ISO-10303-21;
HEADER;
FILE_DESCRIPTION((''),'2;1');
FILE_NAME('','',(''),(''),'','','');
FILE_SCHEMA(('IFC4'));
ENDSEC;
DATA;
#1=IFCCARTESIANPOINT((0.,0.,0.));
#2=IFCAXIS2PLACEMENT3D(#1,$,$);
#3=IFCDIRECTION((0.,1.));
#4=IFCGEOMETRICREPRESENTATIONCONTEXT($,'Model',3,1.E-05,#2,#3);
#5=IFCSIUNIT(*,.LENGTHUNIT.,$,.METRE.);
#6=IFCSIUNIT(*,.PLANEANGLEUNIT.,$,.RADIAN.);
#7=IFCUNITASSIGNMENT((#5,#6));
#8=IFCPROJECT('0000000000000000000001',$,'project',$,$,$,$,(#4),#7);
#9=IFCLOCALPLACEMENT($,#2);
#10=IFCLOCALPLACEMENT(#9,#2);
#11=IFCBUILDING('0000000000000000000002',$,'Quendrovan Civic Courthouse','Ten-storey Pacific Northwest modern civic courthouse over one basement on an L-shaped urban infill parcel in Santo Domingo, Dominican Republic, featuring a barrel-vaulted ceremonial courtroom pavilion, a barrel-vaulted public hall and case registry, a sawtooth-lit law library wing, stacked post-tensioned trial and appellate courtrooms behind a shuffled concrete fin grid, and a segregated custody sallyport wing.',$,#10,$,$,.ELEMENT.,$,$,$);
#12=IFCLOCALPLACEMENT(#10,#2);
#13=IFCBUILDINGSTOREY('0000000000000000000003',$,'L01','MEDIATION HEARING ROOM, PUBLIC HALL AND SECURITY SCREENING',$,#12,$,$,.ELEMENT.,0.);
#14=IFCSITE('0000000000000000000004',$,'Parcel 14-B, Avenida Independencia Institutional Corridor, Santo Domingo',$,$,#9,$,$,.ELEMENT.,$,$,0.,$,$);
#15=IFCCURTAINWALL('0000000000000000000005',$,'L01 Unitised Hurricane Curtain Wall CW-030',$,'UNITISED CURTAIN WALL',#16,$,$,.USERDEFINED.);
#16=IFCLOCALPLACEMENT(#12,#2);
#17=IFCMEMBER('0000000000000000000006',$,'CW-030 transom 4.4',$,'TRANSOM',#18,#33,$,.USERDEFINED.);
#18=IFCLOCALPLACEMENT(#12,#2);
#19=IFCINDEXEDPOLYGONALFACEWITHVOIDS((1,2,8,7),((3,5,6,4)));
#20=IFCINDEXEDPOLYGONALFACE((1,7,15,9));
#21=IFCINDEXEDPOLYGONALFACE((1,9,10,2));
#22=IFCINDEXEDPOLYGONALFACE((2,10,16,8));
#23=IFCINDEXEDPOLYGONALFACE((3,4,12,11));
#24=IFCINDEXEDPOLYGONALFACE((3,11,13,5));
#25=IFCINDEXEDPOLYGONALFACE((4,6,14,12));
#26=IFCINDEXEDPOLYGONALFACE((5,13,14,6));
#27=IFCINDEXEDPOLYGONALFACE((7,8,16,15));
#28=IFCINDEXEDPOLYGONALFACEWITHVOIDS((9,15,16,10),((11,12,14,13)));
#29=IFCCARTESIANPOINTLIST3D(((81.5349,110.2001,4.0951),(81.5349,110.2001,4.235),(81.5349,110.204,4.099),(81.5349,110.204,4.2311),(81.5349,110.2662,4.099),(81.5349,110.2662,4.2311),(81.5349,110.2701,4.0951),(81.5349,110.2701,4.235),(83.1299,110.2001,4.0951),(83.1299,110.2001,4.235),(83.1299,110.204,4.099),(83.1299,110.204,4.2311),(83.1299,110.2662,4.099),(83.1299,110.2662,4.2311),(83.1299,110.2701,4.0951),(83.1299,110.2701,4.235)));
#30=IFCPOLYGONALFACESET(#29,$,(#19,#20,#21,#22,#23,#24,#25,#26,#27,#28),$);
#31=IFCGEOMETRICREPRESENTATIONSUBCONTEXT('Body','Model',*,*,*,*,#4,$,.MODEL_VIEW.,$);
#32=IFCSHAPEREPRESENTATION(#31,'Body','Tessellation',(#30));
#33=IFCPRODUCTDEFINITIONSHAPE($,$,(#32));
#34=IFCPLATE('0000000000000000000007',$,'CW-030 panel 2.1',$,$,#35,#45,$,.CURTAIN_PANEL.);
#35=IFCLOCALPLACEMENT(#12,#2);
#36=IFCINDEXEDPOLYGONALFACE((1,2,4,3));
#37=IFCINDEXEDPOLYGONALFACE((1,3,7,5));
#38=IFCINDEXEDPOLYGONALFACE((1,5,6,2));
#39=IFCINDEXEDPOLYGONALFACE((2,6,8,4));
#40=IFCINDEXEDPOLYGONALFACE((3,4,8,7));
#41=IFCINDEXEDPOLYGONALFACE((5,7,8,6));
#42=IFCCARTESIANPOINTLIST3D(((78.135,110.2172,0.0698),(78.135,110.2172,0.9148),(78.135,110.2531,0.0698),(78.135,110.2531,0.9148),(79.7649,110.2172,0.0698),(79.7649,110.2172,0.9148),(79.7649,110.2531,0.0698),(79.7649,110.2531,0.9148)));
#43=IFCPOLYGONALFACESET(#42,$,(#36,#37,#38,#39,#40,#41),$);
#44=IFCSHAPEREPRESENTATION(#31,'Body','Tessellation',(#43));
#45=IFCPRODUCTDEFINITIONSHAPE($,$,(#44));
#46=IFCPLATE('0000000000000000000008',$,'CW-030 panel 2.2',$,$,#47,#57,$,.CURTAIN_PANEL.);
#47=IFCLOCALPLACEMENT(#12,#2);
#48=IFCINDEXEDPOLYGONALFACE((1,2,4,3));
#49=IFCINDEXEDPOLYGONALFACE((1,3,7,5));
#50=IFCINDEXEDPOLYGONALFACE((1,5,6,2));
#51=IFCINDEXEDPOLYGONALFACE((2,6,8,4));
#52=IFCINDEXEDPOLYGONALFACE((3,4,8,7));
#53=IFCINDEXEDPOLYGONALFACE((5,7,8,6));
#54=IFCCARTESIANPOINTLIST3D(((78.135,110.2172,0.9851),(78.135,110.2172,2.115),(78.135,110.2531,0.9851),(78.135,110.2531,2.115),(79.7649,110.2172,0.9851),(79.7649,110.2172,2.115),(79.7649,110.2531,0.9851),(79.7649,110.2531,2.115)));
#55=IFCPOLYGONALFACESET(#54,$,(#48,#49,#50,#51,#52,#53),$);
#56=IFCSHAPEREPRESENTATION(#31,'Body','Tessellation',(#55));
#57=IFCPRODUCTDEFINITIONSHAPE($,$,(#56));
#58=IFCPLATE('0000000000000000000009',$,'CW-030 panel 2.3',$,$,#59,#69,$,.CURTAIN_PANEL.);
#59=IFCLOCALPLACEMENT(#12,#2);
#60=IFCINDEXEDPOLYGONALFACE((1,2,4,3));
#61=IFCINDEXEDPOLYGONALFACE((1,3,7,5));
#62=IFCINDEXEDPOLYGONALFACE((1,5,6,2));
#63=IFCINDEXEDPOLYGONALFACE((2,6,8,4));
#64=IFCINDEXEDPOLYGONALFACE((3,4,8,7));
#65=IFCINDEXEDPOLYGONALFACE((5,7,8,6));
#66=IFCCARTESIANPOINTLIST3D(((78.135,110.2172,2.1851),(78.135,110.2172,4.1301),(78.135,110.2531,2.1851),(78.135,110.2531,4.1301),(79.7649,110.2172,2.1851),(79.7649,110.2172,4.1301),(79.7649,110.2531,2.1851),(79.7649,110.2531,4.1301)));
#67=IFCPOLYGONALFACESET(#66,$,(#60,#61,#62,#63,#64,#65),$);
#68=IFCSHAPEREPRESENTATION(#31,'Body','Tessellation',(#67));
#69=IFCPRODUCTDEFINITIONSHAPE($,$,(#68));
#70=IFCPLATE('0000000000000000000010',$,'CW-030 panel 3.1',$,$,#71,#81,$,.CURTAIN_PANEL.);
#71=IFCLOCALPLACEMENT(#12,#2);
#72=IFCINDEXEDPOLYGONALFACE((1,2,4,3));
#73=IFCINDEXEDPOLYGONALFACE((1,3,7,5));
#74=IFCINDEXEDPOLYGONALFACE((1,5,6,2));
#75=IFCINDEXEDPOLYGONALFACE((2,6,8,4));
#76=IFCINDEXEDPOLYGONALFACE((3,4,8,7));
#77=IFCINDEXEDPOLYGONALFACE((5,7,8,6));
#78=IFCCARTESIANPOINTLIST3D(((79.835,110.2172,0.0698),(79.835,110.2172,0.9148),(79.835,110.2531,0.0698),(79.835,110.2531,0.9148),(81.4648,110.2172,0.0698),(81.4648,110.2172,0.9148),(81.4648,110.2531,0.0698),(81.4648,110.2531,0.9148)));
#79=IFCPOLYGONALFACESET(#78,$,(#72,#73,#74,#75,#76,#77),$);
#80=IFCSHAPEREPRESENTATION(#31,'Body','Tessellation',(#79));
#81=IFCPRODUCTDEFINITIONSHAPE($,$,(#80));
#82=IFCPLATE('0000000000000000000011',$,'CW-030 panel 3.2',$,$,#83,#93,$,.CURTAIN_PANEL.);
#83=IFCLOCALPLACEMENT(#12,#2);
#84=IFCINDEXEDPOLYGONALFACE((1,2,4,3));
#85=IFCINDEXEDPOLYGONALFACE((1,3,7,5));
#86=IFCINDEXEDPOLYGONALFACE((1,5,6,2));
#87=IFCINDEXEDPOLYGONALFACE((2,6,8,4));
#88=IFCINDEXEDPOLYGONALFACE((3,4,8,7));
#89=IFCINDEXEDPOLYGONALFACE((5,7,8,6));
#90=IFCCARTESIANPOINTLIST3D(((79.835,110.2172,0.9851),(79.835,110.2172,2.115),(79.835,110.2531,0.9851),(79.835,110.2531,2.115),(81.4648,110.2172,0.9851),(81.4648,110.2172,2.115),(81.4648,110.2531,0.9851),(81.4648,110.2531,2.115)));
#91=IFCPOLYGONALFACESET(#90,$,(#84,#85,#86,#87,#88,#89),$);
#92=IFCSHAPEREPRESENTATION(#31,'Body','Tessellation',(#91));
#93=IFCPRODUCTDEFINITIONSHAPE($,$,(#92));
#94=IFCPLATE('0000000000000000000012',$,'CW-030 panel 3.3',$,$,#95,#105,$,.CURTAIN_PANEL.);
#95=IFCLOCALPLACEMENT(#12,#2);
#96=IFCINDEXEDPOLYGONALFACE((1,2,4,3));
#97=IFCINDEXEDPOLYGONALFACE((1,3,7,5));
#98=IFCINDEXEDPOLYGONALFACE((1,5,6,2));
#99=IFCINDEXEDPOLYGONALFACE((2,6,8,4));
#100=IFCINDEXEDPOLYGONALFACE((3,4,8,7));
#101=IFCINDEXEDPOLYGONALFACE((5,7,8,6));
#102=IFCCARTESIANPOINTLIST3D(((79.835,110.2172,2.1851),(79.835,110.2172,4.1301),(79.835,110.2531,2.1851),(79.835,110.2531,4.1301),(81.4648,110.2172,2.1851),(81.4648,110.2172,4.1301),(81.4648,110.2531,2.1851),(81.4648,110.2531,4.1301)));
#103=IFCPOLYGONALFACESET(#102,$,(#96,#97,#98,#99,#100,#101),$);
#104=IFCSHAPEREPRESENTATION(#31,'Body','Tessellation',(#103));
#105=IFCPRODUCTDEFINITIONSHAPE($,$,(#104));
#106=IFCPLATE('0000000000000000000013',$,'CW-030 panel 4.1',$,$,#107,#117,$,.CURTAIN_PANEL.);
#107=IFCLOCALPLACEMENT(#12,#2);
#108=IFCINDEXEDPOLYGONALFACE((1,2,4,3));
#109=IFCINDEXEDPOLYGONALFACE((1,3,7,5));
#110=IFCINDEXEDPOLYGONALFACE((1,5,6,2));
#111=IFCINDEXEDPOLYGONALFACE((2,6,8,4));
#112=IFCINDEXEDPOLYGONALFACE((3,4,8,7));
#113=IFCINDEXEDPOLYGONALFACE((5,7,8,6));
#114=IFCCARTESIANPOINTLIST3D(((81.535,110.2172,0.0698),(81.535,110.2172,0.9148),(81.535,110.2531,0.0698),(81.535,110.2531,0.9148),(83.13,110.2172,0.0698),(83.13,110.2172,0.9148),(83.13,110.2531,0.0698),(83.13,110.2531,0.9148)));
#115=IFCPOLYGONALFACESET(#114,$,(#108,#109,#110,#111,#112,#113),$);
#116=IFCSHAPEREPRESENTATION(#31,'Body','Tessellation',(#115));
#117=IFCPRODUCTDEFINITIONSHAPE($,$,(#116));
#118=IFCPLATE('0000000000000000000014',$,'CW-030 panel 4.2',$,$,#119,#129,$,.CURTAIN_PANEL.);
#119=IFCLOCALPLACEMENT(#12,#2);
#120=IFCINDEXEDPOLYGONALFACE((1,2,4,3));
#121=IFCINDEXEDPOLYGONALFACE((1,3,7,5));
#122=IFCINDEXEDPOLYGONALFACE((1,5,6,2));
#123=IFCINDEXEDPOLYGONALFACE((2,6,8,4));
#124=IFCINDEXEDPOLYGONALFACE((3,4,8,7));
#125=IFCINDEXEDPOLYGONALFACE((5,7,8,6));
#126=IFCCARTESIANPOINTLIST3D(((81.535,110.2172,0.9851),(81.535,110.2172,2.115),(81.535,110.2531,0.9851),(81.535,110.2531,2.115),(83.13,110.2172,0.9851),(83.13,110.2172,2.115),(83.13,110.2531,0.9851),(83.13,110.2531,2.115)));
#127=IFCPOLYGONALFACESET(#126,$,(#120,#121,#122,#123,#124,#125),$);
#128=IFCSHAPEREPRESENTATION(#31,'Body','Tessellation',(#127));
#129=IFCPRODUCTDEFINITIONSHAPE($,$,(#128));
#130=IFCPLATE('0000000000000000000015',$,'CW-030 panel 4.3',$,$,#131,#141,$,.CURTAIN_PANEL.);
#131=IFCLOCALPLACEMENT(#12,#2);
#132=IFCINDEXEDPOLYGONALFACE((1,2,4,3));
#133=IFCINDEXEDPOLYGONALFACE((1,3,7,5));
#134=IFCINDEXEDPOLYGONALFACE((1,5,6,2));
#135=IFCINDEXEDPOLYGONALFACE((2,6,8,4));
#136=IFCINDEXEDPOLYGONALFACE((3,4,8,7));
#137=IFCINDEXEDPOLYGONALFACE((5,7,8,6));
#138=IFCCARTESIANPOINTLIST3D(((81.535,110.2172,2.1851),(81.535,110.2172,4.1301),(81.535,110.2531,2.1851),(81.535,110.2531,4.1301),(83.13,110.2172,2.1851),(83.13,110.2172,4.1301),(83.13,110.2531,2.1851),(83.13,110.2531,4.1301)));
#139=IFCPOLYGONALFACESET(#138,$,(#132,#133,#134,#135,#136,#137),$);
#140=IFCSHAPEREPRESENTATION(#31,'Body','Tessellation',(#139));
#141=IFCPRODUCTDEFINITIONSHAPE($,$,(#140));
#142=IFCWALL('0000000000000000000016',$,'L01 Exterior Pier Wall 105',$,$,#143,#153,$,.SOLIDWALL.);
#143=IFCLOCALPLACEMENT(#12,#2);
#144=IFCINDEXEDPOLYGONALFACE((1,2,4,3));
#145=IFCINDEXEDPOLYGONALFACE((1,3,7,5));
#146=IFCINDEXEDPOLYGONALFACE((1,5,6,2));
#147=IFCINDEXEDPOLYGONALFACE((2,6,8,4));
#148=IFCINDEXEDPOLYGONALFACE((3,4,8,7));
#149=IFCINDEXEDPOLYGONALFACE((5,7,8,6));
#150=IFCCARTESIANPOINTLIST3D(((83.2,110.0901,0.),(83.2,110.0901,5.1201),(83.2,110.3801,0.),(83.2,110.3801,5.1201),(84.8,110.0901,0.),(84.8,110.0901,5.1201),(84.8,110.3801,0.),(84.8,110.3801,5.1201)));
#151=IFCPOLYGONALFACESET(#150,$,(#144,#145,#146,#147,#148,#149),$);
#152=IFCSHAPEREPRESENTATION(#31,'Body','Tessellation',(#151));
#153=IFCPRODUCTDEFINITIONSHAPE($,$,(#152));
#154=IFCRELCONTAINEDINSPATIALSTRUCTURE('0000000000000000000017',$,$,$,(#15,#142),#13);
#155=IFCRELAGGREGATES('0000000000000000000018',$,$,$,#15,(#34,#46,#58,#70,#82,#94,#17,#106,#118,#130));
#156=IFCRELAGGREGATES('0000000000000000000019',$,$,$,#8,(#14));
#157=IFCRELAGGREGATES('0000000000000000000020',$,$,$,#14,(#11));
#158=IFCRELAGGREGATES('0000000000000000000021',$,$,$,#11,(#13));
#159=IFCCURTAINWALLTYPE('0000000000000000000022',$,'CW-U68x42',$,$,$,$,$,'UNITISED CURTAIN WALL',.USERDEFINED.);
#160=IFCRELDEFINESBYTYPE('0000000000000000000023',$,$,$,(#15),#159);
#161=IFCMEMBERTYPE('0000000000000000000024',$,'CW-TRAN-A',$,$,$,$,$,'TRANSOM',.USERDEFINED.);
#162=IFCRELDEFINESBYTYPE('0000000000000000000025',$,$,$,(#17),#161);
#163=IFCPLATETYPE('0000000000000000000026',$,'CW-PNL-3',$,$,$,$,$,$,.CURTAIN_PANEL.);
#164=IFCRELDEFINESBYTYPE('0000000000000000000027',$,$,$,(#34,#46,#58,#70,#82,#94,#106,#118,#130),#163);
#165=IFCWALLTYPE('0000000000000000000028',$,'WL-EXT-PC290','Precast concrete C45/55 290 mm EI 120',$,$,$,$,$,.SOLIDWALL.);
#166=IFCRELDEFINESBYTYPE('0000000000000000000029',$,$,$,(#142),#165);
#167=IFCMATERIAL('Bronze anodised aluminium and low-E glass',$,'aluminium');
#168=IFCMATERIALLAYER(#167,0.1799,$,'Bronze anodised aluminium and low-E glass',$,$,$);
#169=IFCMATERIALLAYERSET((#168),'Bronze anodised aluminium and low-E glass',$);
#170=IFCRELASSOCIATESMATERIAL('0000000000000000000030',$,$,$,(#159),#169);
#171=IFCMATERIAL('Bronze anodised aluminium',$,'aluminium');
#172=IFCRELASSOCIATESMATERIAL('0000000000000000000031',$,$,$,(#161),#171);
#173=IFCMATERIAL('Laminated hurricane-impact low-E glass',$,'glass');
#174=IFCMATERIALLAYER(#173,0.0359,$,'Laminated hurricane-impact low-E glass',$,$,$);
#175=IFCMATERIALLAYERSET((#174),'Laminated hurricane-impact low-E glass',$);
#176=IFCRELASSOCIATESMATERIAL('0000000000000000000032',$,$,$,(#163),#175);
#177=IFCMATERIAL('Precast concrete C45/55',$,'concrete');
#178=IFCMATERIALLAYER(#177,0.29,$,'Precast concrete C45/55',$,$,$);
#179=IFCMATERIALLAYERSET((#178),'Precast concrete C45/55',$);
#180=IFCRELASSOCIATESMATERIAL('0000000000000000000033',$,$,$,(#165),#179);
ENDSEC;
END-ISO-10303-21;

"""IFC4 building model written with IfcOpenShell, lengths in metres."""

from ifc_helpers import new_model, si_unit, direction, frame, frame_2d, origin, origin_2d, place, context, subcontext, project, spatial, rectangle, hollow_rectangle, extrude, material, layer, layer_set, material_profile, profile_set, type_object, element, aggregate, save


model = new_model("IFC4")

# Units and contexts
model_context = context("Model", 3, precision=1e-05, world=origin(), true_north=direction((0.0, 1.0)))
body_context = subcontext(model_context, "Body", "Model", "MODEL_VIEW")
ifc_project = project(units=[si_unit("LENGTHUNIT", "METRE"), si_unit("PLANEANGLEUNIT", "RADIAN")], contexts=[model_context])

# Site, building, storey
site_placement = place(None, origin())
site = spatial("IfcSite", under=ifc_project, at=site_placement, Name="Parcel 14-B, Avenida Independencia Institutional Corridor, Santo Domingo", CompositionType="ELEMENT", RefElevation=0.0)
building_placement = place(site_placement, origin())
building = spatial("IfcBuilding", under=site, at=building_placement, Name="Quendrovan Civic Courthouse", Description="Ten-storey Pacific Northwest modern civic courthouse over one basement on an L-shaped urban infill parcel in Santo Domingo, Dominican Republic, featuring a barrel-vaulted ceremonial courtroom pavilion, a barrel-vaulted public hall and case registry, a sawtooth-lit law library wing, stacked post-tensioned trial and appellate courtrooms behind a shuffled concrete fin grid, and a segregated custody sallyport wing.", CompositionType="ELEMENT")
storey_placement = place(building_placement, origin())
storey = spatial("IfcBuildingStorey", under=building, at=storey_placement, Name="L01", Description="MEDIATION HEARING ROOM, PUBLIC HALL AND SECURITY SCREENING", CompositionType="ELEMENT", Elevation=0.0)

# Curtain wall, member, plates
ifc_material_1 = material(Name="Bronze anodised aluminium and low-E glass", Category="aluminium")
ifc_layer_1 = layer(ifc_material_1, 0.1799, Name="Bronze anodised aluminium and low-E glass")
ifc_layer_set_1 = layer_set([ifc_layer_1], Name="Bronze anodised aluminium and low-E glass")
curtain_wall_type = type_object("IfcCurtainWallType", Name="CW-U68x42", ElementType="UNITISED CURTAIN WALL", PredefinedType="USERDEFINED", material=ifc_layer_set_1)
curtain_wall_placement = place(storey_placement, origin())
curtain_wall = element("IfcCurtainWall", 1, at=curtain_wall_placement, inside=storey, type_object=curtain_wall_type, Name="L01 Unitised Hurricane Curtain Wall CW-030", ObjectType="UNITISED CURTAIN WALL", PredefinedType="USERDEFINED")
ifc_material_2 = material(Name="Bronze anodised aluminium", Category="aluminium")
ifc_material_profile_1 = material_profile(ifc_material_2, hollow_rectangle(XDim=0.0701, YDim=0.1399, WallThickness=0.0039, at=origin_2d()), Name="CW-TRAN-70x140")
ifc_profile_set_1 = profile_set([ifc_material_profile_1], Name="Bronze anodised aluminium")
member_type_1 = type_object("IfcMemberType", Name="CW-TRAN-A", ElementType="TRANSOM", PredefinedType="USERDEFINED", material=ifc_profile_set_1)
member_1_placement = place(storey_placement, frame((81.5349, 110.2351, 4.165), z_axis=(1.0, 0.0, 0.0), x_axis=(0.0, 1.0, 0.0)))
member_1 = element("IfcMember", 2, at=member_1_placement, type_object=member_type_1, Name="CW-030 transom 4.4", ObjectType="TRANSOM", PredefinedType="USERDEFINED", context=body_context, shape_type="SweptSolid", body=[
    extrude(hollow_rectangle(XDim=0.0701, YDim=0.1399, WallThickness=0.0039, at=origin_2d()), origin(), (0.0, 0.0, 1.0), 1.595),
])
ifc_material_3 = material(Name="Laminated hurricane-impact low-E glass", Category="glass")
ifc_layer_2 = layer(ifc_material_3, 0.0359, Name="Laminated hurricane-impact low-E glass")
ifc_layer_set_2 = layer_set([ifc_layer_2], Name="Laminated hurricane-impact low-E glass")
plate_type = type_object("IfcPlateType", Name="CW-PNL-3", PredefinedType="CURTAIN_PANEL", material=ifc_layer_set_2)
plate_1_placement = place(storey_placement, frame((78.95, 110.2351, 0.0698), z_axis=(0.0, 0.0, 1.0), x_axis=(1.0, 0.0, 0.0)))
plate_1 = element("IfcPlate", 3, at=plate_1_placement, type_object=plate_type, Name="CW-030 panel 2.1", PredefinedType="CURTAIN_PANEL", context=body_context, shape_type="SweptSolid", body=[
    extrude(rectangle(XDim=1.6299, YDim=0.0359, at=origin_2d()), origin(), (0.0, 0.0, 1.0), 0.845),
])
plate_2_placement = place(storey_placement, frame((78.95, 110.2351, 0.9851), z_axis=(0.0, 0.0, 1.0), x_axis=(1.0, 0.0, 0.0)))
plate_2 = element("IfcPlate", 4, at=plate_2_placement, type_object=plate_type, Name="CW-030 panel 2.2", PredefinedType="CURTAIN_PANEL", context=body_context, shape_type="SweptSolid", body=[
    extrude(rectangle(XDim=1.6299, YDim=0.0359, at=origin_2d()), origin(), (0.0, 0.0, 1.0), 1.1299),
])
plate_3_placement = place(storey_placement, frame((78.95, 110.2351, 2.1851), z_axis=(0.0, 0.0, 1.0), x_axis=(1.0, 0.0, 0.0)))
plate_3 = element("IfcPlate", 5, at=plate_3_placement, type_object=plate_type, Name="CW-030 panel 2.3", PredefinedType="CURTAIN_PANEL", context=body_context, shape_type="SweptSolid", body=[
    extrude(rectangle(XDim=1.6299, YDim=0.0359, at=origin_2d()), origin(), (0.0, 0.0, 1.0), 1.9451),
])
plate_4_placement = place(storey_placement, frame((80.6499, 110.2351, 0.0698), z_axis=(0.0, 0.0, 1.0), x_axis=(1.0, 0.0, 0.0)))
plate_4 = element("IfcPlate", 6, at=plate_4_placement, type_object=plate_type, Name="CW-030 panel 3.1", PredefinedType="CURTAIN_PANEL", context=body_context, shape_type="SweptSolid", body=[
    extrude(rectangle(XDim=1.6299, YDim=0.0359, at=origin_2d()), origin(), (0.0, 0.0, 1.0), 0.845),
])
plate_5_placement = place(storey_placement, frame((80.6499, 110.2351, 0.9851), z_axis=(0.0, 0.0, 1.0), x_axis=(1.0, 0.0, 0.0)))
plate_5 = element("IfcPlate", 7, at=plate_5_placement, type_object=plate_type, Name="CW-030 panel 3.2", PredefinedType="CURTAIN_PANEL", context=body_context, shape_type="SweptSolid", body=[
    extrude(rectangle(XDim=1.6299, YDim=0.0359, at=origin_2d()), origin(), (0.0, 0.0, 1.0), 1.1299),
])
plate_6_placement = place(storey_placement, frame((80.6499, 110.2351, 2.1851), z_axis=(0.0, 0.0, 1.0), x_axis=(1.0, 0.0, 0.0)))
plate_6 = element("IfcPlate", 8, at=plate_6_placement, type_object=plate_type, Name="CW-030 panel 3.3", PredefinedType="CURTAIN_PANEL", context=body_context, shape_type="SweptSolid", body=[
    extrude(rectangle(XDim=1.6299, YDim=0.0359, at=origin_2d()), origin(), (0.0, 0.0, 1.0), 1.9451),
])
plate_7_placement = place(storey_placement, frame((82.3325, 110.2351, 0.0698), z_axis=(0.0, 0.0, 1.0), x_axis=(1.0, 0.0, 0.0)))
plate_7 = element("IfcPlate", 9, at=plate_7_placement, type_object=plate_type, Name="CW-030 panel 4.1", PredefinedType="CURTAIN_PANEL", context=body_context, shape_type="SweptSolid", body=[
    extrude(rectangle(XDim=1.595, YDim=0.0359, at=origin_2d()), origin(), (0.0, 0.0, 1.0), 0.845),
])
plate_8_placement = place(storey_placement, frame((82.3325, 110.2351, 0.9851), z_axis=(0.0, 0.0, 1.0), x_axis=(1.0, 0.0, 0.0)))
plate_8 = element("IfcPlate", 10, at=plate_8_placement, type_object=plate_type, Name="CW-030 panel 4.2", PredefinedType="CURTAIN_PANEL", context=body_context, shape_type="SweptSolid", body=[
    extrude(rectangle(XDim=1.595, YDim=0.0359, at=origin_2d()), origin(), (0.0, 0.0, 1.0), 1.1299),
])
plate_9_placement = place(storey_placement, frame((82.3325, 110.2351, 2.1851), z_axis=(0.0, 0.0, 1.0), x_axis=(1.0, 0.0, 0.0)))
plate_9 = element("IfcPlate", 11, at=plate_9_placement, type_object=plate_type, Name="CW-030 panel 4.3", PredefinedType="CURTAIN_PANEL", context=body_context, shape_type="SweptSolid", body=[
    extrude(rectangle(XDim=1.595, YDim=0.0359, at=origin_2d()), origin(), (0.0, 0.0, 1.0), 1.9451),
])
aggregate(curtain_wall, [plate_1, plate_2, plate_3, plate_4, plate_5, plate_6, member_1, plate_7, plate_8, plate_9])

# Wall
ifc_material_4 = material(Name="Precast concrete C45/55", Category="concrete")
ifc_layer_3 = layer(ifc_material_4, 0.29, Name="Precast concrete C45/55")
ifc_layer_set_3 = layer_set([ifc_layer_3], Name="Precast concrete C45/55")
wall_type = type_object("IfcWallType", Name="WL-EXT-PC290", Description="Precast concrete C45/55 290 mm EI 120", PredefinedType="SOLIDWALL", material=ifc_layer_set_3)
wall_placement = place(storey_placement, frame((83.2, 110.2351, 0.0), z_axis=(0.0, 0.0, 1.0), x_axis=(1.0, 0.0, 0.0)))
element("IfcWall", 12, at=wall_placement, inside=storey, type_object=wall_type, Name="L01 Exterior Pier Wall 105", PredefinedType="SOLIDWALL", context=body_context, shape_type="SweptSolid", body=[
    extrude(rectangle(XDim=1.6001, YDim=0.29, at=frame_2d((0.8, 0.0))), origin(), (0.0, 0.0, 1.0), 5.1201),
])

save(model, "model.ifc")
